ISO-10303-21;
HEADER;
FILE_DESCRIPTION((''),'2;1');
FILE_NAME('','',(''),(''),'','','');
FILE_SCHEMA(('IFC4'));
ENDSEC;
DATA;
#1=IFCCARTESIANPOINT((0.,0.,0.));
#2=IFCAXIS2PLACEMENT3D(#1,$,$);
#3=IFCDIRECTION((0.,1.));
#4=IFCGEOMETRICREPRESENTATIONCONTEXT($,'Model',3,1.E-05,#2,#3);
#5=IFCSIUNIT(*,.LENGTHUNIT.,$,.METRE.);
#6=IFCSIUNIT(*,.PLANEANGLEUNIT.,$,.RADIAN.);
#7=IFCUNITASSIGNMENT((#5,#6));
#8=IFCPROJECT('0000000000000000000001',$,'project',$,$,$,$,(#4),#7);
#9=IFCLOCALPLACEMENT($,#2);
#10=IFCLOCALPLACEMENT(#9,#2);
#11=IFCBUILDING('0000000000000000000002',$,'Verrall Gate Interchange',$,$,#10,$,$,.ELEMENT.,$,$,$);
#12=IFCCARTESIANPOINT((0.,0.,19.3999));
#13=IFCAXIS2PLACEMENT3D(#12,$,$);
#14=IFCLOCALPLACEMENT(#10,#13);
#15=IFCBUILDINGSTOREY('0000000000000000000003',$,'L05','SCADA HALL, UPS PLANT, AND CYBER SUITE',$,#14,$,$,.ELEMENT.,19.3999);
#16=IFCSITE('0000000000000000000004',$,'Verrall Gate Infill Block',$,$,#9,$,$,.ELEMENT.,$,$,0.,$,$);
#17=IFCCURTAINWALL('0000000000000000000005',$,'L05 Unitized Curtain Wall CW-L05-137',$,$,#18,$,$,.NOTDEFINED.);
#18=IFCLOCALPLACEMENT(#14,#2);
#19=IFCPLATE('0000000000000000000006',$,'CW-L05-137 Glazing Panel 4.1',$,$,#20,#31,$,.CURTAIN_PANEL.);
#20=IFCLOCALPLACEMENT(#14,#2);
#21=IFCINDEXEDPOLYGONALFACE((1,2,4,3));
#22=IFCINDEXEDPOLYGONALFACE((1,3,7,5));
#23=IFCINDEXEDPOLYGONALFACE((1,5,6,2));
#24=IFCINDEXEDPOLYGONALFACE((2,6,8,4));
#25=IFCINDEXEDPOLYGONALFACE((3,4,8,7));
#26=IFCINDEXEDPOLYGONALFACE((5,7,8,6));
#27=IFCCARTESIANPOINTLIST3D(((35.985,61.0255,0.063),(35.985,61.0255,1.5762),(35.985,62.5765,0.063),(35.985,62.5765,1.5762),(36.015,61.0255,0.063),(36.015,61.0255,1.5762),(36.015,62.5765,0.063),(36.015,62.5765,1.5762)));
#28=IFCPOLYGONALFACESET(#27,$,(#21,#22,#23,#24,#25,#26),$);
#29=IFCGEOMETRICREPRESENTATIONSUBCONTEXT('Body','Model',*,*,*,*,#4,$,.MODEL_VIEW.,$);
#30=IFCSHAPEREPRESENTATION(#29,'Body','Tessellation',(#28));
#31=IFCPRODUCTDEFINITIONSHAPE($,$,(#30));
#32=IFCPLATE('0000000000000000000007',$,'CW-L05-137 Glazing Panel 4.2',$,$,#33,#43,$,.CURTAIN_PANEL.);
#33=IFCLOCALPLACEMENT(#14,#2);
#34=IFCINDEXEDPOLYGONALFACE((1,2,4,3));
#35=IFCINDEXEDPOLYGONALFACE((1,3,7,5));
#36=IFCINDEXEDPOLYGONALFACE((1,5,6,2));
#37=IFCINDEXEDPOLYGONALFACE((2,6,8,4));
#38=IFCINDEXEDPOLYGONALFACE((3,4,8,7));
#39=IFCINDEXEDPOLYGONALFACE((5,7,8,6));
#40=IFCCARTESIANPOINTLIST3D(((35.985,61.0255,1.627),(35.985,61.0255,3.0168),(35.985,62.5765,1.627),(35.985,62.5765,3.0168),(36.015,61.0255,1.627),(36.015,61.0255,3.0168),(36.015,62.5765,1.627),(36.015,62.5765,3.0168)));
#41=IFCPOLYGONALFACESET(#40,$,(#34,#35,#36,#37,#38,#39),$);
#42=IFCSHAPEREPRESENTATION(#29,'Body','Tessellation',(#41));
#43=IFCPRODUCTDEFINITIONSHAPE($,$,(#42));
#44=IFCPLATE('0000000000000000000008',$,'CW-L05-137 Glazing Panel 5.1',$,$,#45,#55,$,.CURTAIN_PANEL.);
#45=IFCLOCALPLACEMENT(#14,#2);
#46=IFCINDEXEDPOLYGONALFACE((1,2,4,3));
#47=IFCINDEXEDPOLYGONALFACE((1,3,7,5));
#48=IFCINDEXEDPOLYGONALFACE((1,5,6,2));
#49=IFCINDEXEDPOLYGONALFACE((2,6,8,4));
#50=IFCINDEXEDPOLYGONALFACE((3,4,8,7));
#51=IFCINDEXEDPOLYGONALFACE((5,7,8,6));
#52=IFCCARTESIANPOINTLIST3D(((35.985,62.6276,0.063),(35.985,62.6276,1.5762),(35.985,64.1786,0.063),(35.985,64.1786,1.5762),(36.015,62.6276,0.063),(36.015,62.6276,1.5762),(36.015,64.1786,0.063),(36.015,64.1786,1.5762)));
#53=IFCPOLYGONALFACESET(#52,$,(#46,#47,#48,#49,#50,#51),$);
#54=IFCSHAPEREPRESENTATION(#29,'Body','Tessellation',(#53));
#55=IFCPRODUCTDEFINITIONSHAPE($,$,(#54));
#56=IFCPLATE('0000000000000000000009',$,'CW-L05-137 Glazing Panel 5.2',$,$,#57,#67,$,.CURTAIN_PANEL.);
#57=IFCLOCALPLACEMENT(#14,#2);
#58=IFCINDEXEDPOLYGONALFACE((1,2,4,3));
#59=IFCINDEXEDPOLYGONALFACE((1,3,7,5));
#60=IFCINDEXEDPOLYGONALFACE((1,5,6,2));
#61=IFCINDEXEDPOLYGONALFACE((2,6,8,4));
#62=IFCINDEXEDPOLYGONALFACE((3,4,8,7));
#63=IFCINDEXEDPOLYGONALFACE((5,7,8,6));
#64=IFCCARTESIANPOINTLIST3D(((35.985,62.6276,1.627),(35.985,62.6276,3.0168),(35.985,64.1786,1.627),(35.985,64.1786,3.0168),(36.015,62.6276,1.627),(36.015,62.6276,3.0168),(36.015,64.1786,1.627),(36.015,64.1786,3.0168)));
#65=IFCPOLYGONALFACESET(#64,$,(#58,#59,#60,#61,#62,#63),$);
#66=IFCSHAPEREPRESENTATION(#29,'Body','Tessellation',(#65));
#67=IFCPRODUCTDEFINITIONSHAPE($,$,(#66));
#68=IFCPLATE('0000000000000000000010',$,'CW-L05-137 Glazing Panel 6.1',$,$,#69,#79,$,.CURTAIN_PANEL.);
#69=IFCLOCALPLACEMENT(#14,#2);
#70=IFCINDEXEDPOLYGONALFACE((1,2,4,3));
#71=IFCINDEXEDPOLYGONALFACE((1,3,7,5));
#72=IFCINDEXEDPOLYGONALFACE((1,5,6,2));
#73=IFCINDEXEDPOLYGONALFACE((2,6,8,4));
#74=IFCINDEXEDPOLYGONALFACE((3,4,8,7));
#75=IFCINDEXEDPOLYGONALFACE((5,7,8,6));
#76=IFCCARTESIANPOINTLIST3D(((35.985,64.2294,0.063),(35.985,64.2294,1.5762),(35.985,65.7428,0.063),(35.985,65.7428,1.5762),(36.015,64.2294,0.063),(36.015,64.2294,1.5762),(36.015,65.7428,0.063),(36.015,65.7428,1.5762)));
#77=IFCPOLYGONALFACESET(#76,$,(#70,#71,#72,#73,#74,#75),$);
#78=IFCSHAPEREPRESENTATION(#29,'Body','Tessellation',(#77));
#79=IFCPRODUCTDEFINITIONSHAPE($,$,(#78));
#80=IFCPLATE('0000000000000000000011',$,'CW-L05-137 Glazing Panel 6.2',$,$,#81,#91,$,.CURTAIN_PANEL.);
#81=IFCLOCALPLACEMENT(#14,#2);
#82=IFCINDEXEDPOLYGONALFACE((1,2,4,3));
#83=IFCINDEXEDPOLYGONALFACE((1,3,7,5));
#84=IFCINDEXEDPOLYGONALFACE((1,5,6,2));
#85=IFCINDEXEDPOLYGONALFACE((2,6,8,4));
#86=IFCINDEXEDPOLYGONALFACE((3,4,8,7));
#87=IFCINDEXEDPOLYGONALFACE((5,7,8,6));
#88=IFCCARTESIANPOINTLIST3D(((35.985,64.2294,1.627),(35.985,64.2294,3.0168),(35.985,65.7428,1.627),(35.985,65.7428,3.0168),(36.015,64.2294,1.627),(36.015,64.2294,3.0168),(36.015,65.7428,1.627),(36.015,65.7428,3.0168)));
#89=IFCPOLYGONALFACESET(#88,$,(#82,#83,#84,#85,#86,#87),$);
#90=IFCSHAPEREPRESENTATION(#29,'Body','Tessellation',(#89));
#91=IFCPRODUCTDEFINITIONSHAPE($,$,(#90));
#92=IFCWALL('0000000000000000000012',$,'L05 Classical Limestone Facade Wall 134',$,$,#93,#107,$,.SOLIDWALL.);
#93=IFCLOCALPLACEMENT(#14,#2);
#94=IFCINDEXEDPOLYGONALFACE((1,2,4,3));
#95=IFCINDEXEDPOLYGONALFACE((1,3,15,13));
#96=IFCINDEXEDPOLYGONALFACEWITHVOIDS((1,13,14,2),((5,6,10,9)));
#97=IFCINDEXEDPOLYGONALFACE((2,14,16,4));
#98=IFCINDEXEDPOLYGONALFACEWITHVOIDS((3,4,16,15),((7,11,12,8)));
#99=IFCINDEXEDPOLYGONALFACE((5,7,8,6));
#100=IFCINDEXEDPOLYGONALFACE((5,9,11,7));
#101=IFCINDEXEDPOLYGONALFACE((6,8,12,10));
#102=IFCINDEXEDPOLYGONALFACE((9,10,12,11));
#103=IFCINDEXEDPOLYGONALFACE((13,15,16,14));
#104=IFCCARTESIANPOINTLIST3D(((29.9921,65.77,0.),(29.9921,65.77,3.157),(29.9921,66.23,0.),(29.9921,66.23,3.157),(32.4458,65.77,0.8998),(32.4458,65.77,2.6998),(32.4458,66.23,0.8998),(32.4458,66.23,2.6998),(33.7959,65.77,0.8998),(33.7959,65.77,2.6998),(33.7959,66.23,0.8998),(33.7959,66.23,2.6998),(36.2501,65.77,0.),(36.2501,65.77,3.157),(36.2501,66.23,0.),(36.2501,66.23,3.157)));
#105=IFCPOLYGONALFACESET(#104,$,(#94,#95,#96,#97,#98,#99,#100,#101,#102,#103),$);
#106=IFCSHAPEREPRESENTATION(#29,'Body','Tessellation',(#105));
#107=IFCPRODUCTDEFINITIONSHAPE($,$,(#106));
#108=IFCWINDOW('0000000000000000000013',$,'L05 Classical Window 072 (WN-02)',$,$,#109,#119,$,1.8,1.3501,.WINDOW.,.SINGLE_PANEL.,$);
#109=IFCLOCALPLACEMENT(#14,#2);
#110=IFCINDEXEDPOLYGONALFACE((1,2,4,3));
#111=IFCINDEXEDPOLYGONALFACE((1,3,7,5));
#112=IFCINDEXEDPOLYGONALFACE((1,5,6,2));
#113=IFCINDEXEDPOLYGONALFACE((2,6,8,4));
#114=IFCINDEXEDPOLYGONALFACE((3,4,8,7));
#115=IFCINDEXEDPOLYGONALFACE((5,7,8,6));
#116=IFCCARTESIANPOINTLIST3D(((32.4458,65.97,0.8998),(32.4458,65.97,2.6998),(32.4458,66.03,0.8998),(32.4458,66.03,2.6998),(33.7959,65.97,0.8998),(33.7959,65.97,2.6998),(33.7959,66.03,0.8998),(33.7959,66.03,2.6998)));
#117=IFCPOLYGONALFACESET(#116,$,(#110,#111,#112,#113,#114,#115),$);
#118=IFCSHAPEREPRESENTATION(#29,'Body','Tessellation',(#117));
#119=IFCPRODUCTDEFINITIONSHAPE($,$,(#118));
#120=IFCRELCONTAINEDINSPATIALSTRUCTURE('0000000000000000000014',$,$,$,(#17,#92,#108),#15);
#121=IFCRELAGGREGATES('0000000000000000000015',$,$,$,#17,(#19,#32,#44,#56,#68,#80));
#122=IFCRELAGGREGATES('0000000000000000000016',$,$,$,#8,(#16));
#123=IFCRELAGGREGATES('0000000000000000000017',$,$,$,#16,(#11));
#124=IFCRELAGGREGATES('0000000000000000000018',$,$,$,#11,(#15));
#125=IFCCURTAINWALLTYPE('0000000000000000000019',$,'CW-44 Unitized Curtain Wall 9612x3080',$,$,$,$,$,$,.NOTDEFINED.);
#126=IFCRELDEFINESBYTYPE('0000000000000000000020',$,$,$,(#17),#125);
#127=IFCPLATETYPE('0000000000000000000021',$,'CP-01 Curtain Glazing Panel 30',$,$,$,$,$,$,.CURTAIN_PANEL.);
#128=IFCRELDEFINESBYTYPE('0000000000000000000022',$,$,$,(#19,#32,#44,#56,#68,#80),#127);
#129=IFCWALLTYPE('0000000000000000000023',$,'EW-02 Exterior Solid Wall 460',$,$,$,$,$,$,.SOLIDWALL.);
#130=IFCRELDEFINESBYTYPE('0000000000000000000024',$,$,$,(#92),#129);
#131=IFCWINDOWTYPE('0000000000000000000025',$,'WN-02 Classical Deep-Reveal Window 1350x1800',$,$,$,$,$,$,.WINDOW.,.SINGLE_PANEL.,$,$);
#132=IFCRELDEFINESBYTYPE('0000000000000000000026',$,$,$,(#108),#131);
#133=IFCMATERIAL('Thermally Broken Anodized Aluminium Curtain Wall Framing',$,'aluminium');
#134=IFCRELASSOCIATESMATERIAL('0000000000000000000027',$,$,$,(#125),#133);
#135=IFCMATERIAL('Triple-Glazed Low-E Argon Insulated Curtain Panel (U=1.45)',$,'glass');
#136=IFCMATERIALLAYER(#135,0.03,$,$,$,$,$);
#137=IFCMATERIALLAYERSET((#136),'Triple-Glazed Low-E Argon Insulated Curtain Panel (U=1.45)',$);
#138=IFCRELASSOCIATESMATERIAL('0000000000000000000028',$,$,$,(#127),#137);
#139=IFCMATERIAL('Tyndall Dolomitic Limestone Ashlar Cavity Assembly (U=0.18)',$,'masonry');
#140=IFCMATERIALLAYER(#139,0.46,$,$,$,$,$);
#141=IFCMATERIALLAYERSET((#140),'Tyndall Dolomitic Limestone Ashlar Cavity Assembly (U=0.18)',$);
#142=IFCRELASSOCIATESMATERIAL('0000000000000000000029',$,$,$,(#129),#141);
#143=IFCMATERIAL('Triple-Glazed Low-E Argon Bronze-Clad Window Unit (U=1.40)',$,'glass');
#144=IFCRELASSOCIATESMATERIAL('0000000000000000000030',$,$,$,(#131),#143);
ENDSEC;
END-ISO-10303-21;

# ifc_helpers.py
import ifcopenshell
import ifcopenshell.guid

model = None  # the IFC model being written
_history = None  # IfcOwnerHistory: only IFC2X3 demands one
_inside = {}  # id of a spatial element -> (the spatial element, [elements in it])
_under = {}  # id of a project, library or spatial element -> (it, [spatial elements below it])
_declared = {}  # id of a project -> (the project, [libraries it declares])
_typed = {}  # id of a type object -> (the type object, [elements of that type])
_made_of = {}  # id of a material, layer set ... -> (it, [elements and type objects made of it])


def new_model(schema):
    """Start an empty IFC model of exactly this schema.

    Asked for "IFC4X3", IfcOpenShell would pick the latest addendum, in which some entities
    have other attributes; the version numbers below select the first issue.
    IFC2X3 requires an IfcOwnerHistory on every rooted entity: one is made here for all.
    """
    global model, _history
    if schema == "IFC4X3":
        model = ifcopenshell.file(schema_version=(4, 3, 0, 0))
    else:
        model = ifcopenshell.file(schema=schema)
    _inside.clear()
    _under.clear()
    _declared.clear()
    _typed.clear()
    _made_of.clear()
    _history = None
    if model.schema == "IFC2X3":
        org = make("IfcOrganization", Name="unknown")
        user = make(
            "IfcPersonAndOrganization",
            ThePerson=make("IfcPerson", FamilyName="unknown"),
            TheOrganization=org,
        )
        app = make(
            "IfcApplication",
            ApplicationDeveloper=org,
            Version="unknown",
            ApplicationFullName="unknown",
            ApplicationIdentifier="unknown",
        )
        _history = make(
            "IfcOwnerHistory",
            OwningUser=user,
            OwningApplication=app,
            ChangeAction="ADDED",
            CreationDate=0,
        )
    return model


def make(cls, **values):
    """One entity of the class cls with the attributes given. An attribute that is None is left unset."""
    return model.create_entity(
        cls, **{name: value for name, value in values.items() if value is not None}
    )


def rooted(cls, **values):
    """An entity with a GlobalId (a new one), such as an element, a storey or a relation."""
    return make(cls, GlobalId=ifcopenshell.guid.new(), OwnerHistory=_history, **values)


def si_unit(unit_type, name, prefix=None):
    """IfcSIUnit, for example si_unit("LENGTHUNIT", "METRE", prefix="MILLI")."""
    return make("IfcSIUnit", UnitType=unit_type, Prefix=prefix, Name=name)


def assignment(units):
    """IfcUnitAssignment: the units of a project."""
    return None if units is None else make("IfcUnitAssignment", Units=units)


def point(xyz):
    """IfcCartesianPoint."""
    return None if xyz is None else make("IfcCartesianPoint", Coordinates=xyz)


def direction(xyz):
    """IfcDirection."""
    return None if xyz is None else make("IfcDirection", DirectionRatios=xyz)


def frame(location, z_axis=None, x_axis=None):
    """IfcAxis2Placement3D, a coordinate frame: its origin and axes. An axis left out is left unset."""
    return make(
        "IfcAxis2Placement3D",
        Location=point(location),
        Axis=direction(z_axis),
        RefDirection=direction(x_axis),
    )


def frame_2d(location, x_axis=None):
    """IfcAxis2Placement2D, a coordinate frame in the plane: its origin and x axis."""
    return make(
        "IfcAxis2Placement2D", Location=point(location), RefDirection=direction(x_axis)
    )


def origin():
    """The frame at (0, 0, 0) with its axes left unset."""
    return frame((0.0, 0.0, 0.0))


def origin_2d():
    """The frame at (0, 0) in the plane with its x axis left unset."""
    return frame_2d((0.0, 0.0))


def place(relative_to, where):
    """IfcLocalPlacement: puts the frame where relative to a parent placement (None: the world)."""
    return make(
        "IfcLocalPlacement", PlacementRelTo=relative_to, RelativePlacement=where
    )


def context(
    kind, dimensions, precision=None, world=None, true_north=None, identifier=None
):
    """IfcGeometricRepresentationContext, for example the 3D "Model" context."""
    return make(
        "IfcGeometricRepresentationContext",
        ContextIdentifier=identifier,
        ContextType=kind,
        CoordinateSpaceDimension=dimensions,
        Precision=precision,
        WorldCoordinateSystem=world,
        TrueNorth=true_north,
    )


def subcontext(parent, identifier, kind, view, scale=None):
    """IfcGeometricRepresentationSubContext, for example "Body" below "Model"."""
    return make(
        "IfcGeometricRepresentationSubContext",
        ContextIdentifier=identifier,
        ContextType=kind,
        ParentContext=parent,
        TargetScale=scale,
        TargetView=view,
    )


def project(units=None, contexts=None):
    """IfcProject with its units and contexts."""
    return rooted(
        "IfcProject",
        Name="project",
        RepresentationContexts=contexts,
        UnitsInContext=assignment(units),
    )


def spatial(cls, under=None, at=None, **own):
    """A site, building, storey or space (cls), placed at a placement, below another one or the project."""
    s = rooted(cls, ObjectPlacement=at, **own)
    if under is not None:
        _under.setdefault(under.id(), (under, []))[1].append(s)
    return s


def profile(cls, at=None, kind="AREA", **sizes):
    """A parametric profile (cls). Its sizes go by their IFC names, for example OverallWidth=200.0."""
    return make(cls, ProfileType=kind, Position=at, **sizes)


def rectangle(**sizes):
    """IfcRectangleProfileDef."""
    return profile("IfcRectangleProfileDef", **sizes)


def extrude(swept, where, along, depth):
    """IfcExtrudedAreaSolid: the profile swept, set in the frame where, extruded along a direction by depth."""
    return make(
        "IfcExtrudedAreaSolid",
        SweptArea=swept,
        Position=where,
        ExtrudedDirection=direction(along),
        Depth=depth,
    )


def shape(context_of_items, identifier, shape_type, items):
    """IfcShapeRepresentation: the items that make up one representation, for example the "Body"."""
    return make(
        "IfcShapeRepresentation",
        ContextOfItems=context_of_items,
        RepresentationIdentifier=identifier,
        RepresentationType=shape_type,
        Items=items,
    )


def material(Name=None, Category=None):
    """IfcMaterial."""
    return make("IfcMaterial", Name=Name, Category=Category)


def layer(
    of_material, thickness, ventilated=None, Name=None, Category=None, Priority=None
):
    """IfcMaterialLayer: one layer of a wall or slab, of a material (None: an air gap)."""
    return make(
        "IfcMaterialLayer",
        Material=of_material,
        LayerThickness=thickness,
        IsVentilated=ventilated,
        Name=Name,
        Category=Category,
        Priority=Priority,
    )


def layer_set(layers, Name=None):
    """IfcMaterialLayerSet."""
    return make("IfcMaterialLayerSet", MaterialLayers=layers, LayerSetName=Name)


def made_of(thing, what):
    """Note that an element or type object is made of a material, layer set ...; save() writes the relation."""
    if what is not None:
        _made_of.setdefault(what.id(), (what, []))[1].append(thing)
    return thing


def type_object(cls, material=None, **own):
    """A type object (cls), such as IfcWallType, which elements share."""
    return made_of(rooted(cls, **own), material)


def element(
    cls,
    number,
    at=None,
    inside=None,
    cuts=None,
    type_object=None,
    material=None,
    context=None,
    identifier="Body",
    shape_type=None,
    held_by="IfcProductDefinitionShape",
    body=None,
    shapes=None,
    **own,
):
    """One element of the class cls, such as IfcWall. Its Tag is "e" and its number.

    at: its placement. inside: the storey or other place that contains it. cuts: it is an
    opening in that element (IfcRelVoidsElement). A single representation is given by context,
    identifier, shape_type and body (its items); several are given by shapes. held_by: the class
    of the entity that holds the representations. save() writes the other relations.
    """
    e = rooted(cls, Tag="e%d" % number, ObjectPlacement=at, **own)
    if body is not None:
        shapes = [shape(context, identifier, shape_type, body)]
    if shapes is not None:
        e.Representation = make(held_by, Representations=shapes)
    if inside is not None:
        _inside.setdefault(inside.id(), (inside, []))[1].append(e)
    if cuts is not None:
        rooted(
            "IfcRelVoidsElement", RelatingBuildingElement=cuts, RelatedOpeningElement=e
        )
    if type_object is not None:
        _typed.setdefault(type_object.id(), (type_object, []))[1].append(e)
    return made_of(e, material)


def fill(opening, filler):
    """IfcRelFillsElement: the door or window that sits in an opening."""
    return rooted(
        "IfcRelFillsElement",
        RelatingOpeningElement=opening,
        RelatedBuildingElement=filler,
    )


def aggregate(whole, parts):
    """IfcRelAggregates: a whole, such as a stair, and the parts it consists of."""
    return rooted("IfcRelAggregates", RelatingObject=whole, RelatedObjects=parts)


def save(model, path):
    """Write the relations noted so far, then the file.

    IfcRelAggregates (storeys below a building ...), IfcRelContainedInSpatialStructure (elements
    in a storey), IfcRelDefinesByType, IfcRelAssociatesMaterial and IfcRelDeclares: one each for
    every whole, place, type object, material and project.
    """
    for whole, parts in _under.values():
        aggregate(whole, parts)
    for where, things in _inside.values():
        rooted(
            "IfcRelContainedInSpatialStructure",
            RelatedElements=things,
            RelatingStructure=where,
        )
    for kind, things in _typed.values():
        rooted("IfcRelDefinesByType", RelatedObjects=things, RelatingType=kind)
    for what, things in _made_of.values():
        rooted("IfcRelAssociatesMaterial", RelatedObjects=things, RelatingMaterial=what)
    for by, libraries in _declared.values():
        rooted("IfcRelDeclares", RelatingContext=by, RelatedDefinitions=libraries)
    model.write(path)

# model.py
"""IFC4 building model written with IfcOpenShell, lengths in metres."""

from ifc_helpers import new_model, si_unit, direction, frame, frame_2d, origin, origin_2d, place, context, subcontext, project, spatial, rectangle, extrude, material, layer, layer_set, type_object, element, fill, aggregate, save


model = new_model("IFC4")

# Units and contexts
model_context = context("Model", 3, precision=1e-05, world=origin(), true_north=direction((0.0, 1.0)))
body_context = subcontext(model_context, "Body", "Model", "MODEL_VIEW")
ifc_project = project(units=[si_unit("LENGTHUNIT", "METRE"), si_unit("PLANEANGLEUNIT", "RADIAN")], contexts=[model_context])

# Site, building, storey
site_placement = place(None, origin())
site = spatial("IfcSite", under=ifc_project, at=site_placement, Name="Verrall Gate Infill Block", CompositionType="ELEMENT", RefElevation=0.0)
building_placement = place(site_placement, origin())
building = spatial("IfcBuilding", under=site, at=building_placement, Name="Verrall Gate Interchange", CompositionType="ELEMENT")
storey_placement = place(building_placement, frame((0.0, 0.0, 19.3999)))
storey = spatial("IfcBuildingStorey", under=building, at=storey_placement, Name="L05", Description="SCADA HALL, UPS PLANT, AND CYBER SUITE", CompositionType="ELEMENT", Elevation=19.3999)

# Curtain wall
ifc_material_1 = material(Name="Thermally Broken Anodized Aluminium Curtain Wall Framing", Category="aluminium")
curtain_wall_type = type_object("IfcCurtainWallType", Name="CW-44 Unitized Curtain Wall 9612x3080", PredefinedType="NOTDEFINED", material=ifc_material_1)
curtain_wall_placement = place(storey_placement, origin())
curtain_wall = element("IfcCurtainWall", 1, at=curtain_wall_placement, inside=storey, type_object=curtain_wall_type, Name="L05 Unitized Curtain Wall CW-L05-137", PredefinedType="NOTDEFINED")

# Plates
ifc_material_2 = material(Name="Triple-Glazed Low-E Argon Insulated Curtain Panel (U=1.45)", Category="glass")
ifc_layer_1 = layer(ifc_material_2, 0.03)
ifc_layer_set_1 = layer_set([ifc_layer_1], Name="Triple-Glazed Low-E Argon Insulated Curtain Panel (U=1.45)")
plate_type_1 = type_object("IfcPlateType", Name="CP-01 Curtain Glazing Panel 30", PredefinedType="CURTAIN_PANEL", material=ifc_layer_set_1)
plate_1_placement = place(storey_placement, frame((36.0, 61.801, 0.063), z_axis=(0.0, 0.0, 1.0), x_axis=(0.0, 1.0, 0.0)))
plate_1 = element("IfcPlate", 2, at=plate_1_placement, type_object=plate_type_1, Name="CW-L05-137 Glazing Panel 4.1", PredefinedType="CURTAIN_PANEL", context=body_context, shape_type="SweptSolid", body=[
    extrude(rectangle(XDim=1.551, YDim=0.03, at=origin_2d()), origin(), (0.0, 0.0, 1.0), 1.5132),
])
plate_2_placement = place(storey_placement, frame((36.0, 61.801, 1.627), z_axis=(0.0, 0.0, 1.0), x_axis=(0.0, 1.0, 0.0)))
plate_2 = element("IfcPlate", 3, at=plate_2_placement, type_object=plate_type_1, Name="CW-L05-137 Glazing Panel 4.2", PredefinedType="CURTAIN_PANEL", context=body_context, shape_type="SweptSolid", body=[
    extrude(rectangle(XDim=1.551, YDim=0.03, at=origin_2d()), origin(), (0.0, 0.0, 1.0), 1.3899),
])
plate_3_placement = place(storey_placement, frame((36.0, 63.4031, 0.063), z_axis=(0.0, 0.0, 1.0), x_axis=(0.0, 1.0, 0.0)))
plate_3 = element("IfcPlate", 4, at=plate_3_placement, type_object=plate_type_1, Name="CW-L05-137 Glazing Panel 5.1", PredefinedType="CURTAIN_PANEL", context=body_context, shape_type="SweptSolid", body=[
    extrude(rectangle(XDim=1.551, YDim=0.03, at=origin_2d()), origin(), (0.0, 0.0, 1.0), 1.5132),
])
plate_4_placement = place(storey_placement, frame((36.0, 63.4031, 1.627), z_axis=(0.0, 0.0, 1.0), x_axis=(0.0, 1.0, 0.0)))
plate_4 = element("IfcPlate", 5, at=plate_4_placement, type_object=plate_type_1, Name="CW-L05-137 Glazing Panel 5.2", PredefinedType="CURTAIN_PANEL", context=body_context, shape_type="SweptSolid", body=[
    extrude(rectangle(XDim=1.551, YDim=0.03, at=origin_2d()), origin(), (0.0, 0.0, 1.0), 1.3899),
])
plate_5_placement = place(storey_placement, frame((36.0, 64.9861, 0.063), z_axis=(0.0, 0.0, 1.0), x_axis=(0.0, 1.0, 0.0)))
plate_5 = element("IfcPlate", 6, at=plate_5_placement, type_object=plate_type_1, Name="CW-L05-137 Glazing Panel 6.1", PredefinedType="CURTAIN_PANEL", context=body_context, shape_type="SweptSolid", body=[
    extrude(rectangle(XDim=1.5134, YDim=0.03, at=origin_2d()), origin(), (0.0, 0.0, 1.0), 1.5132),
])
plate_6_placement = place(storey_placement, frame((36.0, 64.9861, 1.627), z_axis=(0.0, 0.0, 1.0), x_axis=(0.0, 1.0, 0.0)))
plate_6 = element("IfcPlate", 7, at=plate_6_placement, type_object=plate_type_1, Name="CW-L05-137 Glazing Panel 6.2", PredefinedType="CURTAIN_PANEL", context=body_context, shape_type="SweptSolid", body=[
    extrude(rectangle(XDim=1.5134, YDim=0.03, at=origin_2d()), origin(), (0.0, 0.0, 1.0), 1.3899),
])
aggregate(curtain_wall, [plate_1, plate_2, plate_3, plate_4, plate_5, plate_6])

# Wall, opening, window
ifc_material_3 = material(Name="Tyndall Dolomitic Limestone Ashlar Cavity Assembly (U=0.18)", Category="masonry")
ifc_layer_2 = layer(ifc_material_3, 0.46)
ifc_layer_set_2 = layer_set([ifc_layer_2], Name="Tyndall Dolomitic Limestone Ashlar Cavity Assembly (U=0.18)")
wall_type = type_object("IfcWallType", Name="EW-02 Exterior Solid Wall 460", PredefinedType="SOLIDWALL", material=ifc_layer_set_2)
wall_placement = place(storey_placement, frame((36.25, 66.0, 0.0), z_axis=(0.0, 0.0, 1.0), x_axis=(-1.0, 0.0, 0.0)))
wall = element("IfcWall", 8, at=wall_placement, inside=storey, type_object=wall_type, Name="L05 Classical Limestone Facade Wall 134", PredefinedType="SOLIDWALL", context=body_context, shape_type="SweptSolid", body=[
    extrude(rectangle(XDim=6.2581, YDim=0.46, at=frame_2d((3.1289, 0.0))), origin(), (0.0, 0.0, 1.0), 3.157),
])
opening_placement = place(wall_placement, frame((2.4541, 0.0, 0.8999)))
opening = element("IfcOpeningElement", 9, at=opening_placement, cuts=wall, PredefinedType="OPENING", context=body_context, shape_type="SweptSolid", body=[
    extrude(rectangle(XDim=1.3501, YDim=1.8, at=frame_2d((0.675, 0.8999))), frame((0.0, 0.2449, 0.0), z_axis=(0.0, -1.0, 0.0), x_axis=(1.0, 0.0, 0.0)), (0.0, 0.0, 1.0), 0.4897),
])
ifc_material_4 = material(Name="Triple-Glazed Low-E Argon Bronze-Clad Window Unit (U=1.40)", Category="glass")
window_type = type_object("IfcWindowType", Name="WN-02 Classical Deep-Reveal Window 1350x1800", PartitioningType="SINGLE_PANEL", PredefinedType="WINDOW", material=ifc_material_4)
window_placement = place(opening_placement, origin())
window = element("IfcWindow", 10, at=window_placement, inside=storey, type_object=window_type, Name="L05 Classical Window 072 (WN-02)", OverallHeight=1.8, OverallWidth=1.3501, PartitioningType="SINGLE_PANEL", PredefinedType="WINDOW", context=body_context, shape_type="SweptSolid", body=[
    extrude(rectangle(XDim=1.3501, YDim=1.8, at=frame_2d((0.675, 0.8999))), frame((0.0, 0.03, 0.0), z_axis=(0.0, -1.0, 0.0), x_axis=(1.0, 0.0, 0.0)), (0.0, 0.0, 1.0), 0.0601),
])
fill(opening, window)

save(model, "model.ifc")
